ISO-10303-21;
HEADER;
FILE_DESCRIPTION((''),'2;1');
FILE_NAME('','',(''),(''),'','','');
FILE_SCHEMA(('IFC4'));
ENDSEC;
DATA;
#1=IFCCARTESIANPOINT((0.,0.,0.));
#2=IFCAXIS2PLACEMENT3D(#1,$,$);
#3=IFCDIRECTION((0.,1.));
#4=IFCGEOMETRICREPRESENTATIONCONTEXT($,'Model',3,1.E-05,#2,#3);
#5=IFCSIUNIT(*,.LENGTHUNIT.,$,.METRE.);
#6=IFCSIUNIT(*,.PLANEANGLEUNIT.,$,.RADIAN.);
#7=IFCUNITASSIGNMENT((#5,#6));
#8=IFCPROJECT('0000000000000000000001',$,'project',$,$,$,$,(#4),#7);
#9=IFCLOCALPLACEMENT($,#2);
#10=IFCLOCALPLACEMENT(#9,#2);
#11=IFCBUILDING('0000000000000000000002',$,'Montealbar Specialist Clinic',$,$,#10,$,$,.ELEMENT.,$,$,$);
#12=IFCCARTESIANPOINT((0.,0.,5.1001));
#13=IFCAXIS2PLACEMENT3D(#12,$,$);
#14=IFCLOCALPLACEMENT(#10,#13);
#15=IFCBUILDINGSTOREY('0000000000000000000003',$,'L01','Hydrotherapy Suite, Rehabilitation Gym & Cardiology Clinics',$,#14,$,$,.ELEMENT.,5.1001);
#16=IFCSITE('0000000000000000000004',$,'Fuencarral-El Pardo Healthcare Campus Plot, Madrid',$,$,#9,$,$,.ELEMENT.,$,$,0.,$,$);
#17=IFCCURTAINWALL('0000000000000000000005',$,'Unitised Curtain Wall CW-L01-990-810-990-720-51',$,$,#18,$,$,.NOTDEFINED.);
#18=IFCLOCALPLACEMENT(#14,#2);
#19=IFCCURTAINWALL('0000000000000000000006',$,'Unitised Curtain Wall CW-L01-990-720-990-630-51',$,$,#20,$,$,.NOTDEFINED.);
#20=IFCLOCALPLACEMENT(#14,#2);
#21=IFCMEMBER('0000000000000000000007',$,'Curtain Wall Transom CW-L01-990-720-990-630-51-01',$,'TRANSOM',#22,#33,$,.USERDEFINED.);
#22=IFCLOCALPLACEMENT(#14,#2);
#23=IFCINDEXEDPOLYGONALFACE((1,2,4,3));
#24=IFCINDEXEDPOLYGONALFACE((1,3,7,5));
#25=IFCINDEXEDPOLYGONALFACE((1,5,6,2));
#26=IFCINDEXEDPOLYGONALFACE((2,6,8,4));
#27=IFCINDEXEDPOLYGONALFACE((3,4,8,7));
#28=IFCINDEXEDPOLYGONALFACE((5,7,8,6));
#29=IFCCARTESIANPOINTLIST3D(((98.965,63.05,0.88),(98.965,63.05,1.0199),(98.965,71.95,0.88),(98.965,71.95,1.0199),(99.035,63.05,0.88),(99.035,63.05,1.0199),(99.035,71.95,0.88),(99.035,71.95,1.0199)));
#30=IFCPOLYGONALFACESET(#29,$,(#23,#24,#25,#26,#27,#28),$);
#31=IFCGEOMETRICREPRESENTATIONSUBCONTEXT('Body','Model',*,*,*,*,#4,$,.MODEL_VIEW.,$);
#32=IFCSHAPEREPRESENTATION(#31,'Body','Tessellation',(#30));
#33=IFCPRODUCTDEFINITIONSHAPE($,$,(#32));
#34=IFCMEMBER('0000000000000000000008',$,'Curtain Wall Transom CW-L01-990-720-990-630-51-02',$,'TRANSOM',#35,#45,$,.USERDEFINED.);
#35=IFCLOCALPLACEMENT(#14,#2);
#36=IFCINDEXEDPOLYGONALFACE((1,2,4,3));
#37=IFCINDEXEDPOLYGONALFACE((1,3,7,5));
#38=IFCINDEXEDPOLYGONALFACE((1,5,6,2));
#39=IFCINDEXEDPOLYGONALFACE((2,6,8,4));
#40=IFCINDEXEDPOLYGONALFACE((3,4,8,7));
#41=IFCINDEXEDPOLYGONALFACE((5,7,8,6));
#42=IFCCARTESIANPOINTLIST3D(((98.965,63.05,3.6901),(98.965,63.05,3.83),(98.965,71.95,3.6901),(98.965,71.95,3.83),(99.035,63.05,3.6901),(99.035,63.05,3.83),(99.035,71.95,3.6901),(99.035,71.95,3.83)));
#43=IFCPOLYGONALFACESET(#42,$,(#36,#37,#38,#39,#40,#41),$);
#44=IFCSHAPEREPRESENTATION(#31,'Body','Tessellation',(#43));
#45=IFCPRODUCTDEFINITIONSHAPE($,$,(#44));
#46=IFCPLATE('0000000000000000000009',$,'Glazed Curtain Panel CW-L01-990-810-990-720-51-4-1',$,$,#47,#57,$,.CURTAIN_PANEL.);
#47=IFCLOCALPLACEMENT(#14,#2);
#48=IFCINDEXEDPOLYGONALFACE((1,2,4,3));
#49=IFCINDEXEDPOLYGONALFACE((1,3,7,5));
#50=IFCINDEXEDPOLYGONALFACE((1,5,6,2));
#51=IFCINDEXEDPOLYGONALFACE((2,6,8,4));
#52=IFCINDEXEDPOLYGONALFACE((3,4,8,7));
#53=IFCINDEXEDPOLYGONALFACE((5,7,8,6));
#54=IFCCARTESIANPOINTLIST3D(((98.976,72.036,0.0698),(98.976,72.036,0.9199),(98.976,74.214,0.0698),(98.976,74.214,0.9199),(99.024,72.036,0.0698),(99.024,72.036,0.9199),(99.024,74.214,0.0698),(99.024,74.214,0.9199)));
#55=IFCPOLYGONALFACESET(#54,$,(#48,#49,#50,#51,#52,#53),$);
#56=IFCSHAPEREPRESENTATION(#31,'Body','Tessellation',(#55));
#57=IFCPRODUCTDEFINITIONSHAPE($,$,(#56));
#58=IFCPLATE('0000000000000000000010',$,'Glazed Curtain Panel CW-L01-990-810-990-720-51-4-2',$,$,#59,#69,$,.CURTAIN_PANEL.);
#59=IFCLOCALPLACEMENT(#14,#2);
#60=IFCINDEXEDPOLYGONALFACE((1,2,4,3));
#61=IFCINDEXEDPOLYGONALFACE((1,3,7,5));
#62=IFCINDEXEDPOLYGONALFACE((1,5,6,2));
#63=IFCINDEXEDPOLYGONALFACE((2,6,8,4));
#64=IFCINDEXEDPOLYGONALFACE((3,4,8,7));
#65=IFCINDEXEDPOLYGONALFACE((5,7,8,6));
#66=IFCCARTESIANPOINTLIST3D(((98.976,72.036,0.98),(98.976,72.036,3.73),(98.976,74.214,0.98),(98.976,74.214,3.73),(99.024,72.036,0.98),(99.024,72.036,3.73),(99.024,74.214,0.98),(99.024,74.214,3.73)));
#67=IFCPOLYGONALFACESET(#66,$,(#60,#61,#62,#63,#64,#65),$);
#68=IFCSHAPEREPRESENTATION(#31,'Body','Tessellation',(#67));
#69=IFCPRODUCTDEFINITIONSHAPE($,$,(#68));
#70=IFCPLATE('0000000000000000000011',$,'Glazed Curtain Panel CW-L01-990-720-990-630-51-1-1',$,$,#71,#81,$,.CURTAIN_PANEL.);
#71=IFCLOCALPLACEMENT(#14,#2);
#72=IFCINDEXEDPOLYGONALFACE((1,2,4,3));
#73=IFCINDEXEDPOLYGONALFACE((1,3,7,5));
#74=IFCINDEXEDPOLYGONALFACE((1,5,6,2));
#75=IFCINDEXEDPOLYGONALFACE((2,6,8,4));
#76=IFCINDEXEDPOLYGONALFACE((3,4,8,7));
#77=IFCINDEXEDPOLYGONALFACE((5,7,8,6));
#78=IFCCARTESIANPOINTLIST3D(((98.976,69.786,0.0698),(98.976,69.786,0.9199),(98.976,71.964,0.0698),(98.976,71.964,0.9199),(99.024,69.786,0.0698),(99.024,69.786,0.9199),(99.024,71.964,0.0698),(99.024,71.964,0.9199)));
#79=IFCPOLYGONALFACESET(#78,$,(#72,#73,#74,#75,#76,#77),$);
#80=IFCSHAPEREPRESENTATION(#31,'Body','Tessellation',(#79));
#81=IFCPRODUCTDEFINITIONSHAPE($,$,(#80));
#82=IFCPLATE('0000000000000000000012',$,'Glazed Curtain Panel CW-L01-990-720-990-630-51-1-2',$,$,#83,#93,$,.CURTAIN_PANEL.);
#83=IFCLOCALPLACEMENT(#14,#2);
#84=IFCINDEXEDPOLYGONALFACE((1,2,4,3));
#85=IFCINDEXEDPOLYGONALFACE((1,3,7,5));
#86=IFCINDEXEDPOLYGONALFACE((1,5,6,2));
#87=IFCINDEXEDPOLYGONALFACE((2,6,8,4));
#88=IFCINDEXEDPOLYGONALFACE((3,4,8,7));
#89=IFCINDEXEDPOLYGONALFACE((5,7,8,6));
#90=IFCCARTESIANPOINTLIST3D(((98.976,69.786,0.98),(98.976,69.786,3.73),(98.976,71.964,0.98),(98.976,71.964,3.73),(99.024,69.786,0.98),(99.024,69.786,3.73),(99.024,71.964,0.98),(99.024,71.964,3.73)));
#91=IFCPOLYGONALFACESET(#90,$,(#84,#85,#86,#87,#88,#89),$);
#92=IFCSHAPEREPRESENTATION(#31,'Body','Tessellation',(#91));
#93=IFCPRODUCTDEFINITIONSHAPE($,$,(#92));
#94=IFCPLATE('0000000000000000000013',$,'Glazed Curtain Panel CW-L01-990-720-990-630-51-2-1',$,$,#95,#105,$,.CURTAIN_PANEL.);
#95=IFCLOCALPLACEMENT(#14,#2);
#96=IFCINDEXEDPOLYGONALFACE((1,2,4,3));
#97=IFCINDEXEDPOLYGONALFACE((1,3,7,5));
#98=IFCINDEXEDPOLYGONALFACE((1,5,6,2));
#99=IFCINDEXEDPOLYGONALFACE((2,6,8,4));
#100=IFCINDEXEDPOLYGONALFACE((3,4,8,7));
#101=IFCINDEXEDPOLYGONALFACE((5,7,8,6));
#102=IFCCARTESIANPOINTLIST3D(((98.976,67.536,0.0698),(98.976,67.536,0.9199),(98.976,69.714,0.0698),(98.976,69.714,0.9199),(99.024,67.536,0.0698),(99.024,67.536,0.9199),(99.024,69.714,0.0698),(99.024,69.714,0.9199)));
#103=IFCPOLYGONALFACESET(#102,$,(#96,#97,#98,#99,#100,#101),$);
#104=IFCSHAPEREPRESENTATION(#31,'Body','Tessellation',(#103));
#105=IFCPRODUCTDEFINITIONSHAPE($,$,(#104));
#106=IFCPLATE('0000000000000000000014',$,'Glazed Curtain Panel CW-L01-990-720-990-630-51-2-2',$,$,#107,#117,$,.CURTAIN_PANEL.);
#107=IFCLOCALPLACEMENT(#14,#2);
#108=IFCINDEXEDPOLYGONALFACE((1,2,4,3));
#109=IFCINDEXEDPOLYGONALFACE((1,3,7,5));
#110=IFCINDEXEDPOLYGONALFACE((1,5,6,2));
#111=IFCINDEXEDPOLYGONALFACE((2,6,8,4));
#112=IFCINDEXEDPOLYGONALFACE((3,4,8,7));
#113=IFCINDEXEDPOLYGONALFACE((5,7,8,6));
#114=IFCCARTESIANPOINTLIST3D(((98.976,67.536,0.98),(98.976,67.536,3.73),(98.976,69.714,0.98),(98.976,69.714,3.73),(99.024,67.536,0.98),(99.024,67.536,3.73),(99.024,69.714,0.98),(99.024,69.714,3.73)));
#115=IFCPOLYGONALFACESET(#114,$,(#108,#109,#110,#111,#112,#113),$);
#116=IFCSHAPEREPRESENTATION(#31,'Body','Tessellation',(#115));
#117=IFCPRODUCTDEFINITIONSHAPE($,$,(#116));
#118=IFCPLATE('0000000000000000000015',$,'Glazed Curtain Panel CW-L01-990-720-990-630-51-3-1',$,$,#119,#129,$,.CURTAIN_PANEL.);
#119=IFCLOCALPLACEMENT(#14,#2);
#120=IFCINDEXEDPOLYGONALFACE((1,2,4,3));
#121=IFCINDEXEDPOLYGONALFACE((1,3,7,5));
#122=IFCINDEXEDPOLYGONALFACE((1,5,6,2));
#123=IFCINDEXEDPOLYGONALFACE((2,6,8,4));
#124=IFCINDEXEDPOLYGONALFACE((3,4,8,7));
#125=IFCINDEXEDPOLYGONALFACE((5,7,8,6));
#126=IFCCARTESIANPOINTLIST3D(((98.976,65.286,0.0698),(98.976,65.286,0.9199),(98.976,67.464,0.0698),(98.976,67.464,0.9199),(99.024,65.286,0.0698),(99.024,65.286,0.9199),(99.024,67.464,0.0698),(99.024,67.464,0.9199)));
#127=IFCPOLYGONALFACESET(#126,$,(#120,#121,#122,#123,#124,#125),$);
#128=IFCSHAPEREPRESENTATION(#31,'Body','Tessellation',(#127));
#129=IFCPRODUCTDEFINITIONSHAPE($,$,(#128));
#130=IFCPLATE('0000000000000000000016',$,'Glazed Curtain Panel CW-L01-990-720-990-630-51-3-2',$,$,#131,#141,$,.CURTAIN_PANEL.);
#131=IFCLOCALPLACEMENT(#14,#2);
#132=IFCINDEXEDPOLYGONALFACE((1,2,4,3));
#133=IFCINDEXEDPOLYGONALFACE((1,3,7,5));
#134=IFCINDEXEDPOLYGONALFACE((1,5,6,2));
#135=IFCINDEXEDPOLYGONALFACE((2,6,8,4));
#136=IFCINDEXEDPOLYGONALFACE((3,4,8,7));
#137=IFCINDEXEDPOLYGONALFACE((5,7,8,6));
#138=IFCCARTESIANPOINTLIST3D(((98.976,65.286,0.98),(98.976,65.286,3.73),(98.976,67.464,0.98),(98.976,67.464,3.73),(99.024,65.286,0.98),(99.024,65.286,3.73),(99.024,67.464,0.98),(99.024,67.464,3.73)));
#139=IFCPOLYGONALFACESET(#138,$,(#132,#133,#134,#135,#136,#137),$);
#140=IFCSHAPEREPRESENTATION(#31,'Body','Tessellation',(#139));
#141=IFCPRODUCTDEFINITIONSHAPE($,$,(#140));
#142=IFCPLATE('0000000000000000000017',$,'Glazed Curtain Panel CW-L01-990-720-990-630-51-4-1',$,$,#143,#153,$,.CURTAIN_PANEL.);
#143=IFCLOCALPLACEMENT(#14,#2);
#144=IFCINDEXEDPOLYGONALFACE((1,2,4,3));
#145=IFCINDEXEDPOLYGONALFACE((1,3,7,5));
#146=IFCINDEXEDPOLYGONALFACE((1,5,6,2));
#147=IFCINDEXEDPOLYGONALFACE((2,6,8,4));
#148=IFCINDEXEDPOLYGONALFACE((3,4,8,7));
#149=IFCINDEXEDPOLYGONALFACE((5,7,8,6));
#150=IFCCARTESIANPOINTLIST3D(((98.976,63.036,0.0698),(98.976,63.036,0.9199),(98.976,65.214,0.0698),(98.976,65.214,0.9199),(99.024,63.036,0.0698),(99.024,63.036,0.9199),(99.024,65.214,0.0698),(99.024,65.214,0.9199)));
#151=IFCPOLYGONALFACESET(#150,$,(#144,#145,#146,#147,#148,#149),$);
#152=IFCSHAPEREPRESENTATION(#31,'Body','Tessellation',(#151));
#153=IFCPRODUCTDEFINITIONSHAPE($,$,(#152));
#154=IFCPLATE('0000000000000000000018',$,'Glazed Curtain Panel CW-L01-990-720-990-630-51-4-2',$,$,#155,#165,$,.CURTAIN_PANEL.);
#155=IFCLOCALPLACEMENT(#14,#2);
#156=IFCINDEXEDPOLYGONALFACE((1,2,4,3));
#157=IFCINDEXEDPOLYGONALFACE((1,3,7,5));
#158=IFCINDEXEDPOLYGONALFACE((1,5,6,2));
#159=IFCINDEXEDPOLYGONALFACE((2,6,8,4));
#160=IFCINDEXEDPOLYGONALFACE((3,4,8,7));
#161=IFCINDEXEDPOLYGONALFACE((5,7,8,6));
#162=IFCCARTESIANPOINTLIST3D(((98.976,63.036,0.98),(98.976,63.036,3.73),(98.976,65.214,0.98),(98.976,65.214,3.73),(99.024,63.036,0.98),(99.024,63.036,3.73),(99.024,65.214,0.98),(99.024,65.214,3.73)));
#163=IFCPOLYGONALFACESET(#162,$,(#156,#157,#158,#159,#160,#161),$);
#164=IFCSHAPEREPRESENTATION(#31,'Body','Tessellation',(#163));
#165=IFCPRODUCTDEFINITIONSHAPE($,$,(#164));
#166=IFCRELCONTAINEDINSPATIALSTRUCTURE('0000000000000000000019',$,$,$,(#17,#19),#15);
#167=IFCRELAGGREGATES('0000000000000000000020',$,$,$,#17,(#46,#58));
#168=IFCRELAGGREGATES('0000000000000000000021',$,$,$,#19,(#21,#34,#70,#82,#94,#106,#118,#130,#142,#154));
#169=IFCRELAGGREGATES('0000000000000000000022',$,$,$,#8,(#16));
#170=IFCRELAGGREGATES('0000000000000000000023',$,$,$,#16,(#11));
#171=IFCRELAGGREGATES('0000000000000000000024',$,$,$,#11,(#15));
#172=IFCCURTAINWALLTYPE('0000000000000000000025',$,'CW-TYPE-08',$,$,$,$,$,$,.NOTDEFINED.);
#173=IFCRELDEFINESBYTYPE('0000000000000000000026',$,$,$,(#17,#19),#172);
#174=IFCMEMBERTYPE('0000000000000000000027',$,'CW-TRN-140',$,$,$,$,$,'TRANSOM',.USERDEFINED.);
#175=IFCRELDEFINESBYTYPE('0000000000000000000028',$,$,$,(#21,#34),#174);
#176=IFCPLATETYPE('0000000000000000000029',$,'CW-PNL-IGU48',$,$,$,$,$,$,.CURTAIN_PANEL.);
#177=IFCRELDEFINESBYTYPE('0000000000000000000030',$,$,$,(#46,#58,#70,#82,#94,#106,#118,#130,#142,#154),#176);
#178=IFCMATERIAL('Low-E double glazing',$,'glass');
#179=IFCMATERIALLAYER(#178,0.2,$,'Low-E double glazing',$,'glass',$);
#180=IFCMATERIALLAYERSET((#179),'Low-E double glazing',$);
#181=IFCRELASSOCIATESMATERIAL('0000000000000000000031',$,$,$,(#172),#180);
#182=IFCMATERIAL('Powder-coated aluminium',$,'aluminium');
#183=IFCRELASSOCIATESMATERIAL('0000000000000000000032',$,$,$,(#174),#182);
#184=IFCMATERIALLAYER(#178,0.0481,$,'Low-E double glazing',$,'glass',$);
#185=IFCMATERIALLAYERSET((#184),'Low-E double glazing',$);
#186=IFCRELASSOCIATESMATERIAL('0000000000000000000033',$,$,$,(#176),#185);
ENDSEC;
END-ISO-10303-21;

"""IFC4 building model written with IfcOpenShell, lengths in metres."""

from ifc_helpers import new_model, si_unit, direction, frame, origin, origin_2d, place, context, subcontext, project, spatial, rectangle, extrude, material, layer, layer_set, material_profile, profile_set, type_object, element, aggregate, save


model = new_model("IFC4")

# Units and contexts
model_context = context("Model", 3, precision=1e-05, world=origin(), true_north=direction((0.0, 1.0)))
body_context = subcontext(model_context, "Body", "Model", "MODEL_VIEW")
ifc_project = project(units=[si_unit("LENGTHUNIT", "METRE"), si_unit("PLANEANGLEUNIT", "RADIAN")], contexts=[model_context])

# Site, building, storey
site_placement = place(None, origin())
site = spatial("IfcSite", under=ifc_project, at=site_placement, Name="Fuencarral-El Pardo Healthcare Campus Plot, Madrid", CompositionType="ELEMENT", RefElevation=0.0)
building_placement = place(site_placement, origin())
building = spatial("IfcBuilding", under=site, at=building_placement, Name="Montealbar Specialist Clinic", CompositionType="ELEMENT")
storey_placement = place(building_placement, frame((0.0, 0.0, 5.1001)))
storey = spatial("IfcBuildingStorey", under=building, at=storey_placement, Name="L01", Description="Hydrotherapy Suite, Rehabilitation Gym & Cardiology Clinics", CompositionType="ELEMENT", Elevation=5.1001)

# Curtain walls, members
ifc_material_1 = material(Name="Low-E double glazing", Category="glass")
ifc_layer_1 = layer(ifc_material_1, 0.2, Name="Low-E double glazing", Category="glass")
ifc_layer_set_1 = layer_set([ifc_layer_1], Name="Low-E double glazing")
curtain_wall_type = type_object("IfcCurtainWallType", Name="CW-TYPE-08", PredefinedType="NOTDEFINED", material=ifc_layer_set_1)
curtain_wall_1_placement = place(storey_placement, origin())
curtain_wall_1 = element("IfcCurtainWall", 1, at=curtain_wall_1_placement, inside=storey, type_object=curtain_wall_type, Name="Unitised Curtain Wall CW-L01-990-810-990-720-51", PredefinedType="NOTDEFINED")
curtain_wall_2_placement = place(storey_placement, origin())
curtain_wall_2 = element("IfcCurtainWall", 2, at=curtain_wall_2_placement, inside=storey, type_object=curtain_wall_type, Name="Unitised Curtain Wall CW-L01-990-720-990-630-51", PredefinedType="NOTDEFINED")
ifc_material_2 = material(Name="Powder-coated aluminium", Category="aluminium")
ifc_material_profile_1 = material_profile(ifc_material_2, rectangle(XDim=0.0701, YDim=0.1399, at=origin_2d()), Name="ALU 70x140", Category="aluminium")
ifc_profile_set_1 = profile_set([ifc_material_profile_1], Name="Powder-coated aluminium")
member_type_1 = type_object("IfcMemberType", Name="CW-TRN-140", ElementType="TRANSOM", PredefinedType="USERDEFINED", material=ifc_profile_set_1)
member_1_placement = place(storey_placement, frame((99.0, 71.95, 0.95), z_axis=(0.0, -1.0, 0.0), x_axis=(1.0, 0.0, 0.0)))
member_1 = element("IfcMember", 3, at=member_1_placement, type_object=member_type_1, Name="Curtain Wall Transom CW-L01-990-720-990-630-51-01", ObjectType="TRANSOM", PredefinedType="USERDEFINED", context=body_context, shape_type="SweptSolid", body=[
    extrude(rectangle(XDim=0.0701, YDim=0.1399, at=origin_2d()), origin(), (0.0, 0.0, 1.0), 8.8999),
])
member_2_placement = place(storey_placement, frame((99.0, 71.95, 3.76), z_axis=(0.0, -1.0, 0.0), x_axis=(1.0, 0.0, 0.0)))
member_2 = element("IfcMember", 4, at=member_2_placement, type_object=member_type_1, Name="Curtain Wall Transom CW-L01-990-720-990-630-51-02", ObjectType="TRANSOM", PredefinedType="USERDEFINED", context=body_context, shape_type="SweptSolid", body=[
    extrude(rectangle(XDim=0.0701, YDim=0.1399, at=origin_2d()), origin(), (0.0, 0.0, 1.0), 8.8999),
])

# Plates
ifc_layer_2 = layer(ifc_material_1, 0.0481, Name="Low-E double glazing", Category="glass")
ifc_layer_set_2 = layer_set([ifc_layer_2], Name="Low-E double glazing")
plate_type = type_object("IfcPlateType", Name="CW-PNL-IGU48", PredefinedType="CURTAIN_PANEL", material=ifc_layer_set_2)
plate_1_placement = place(storey_placement, frame((99.0, 73.125, 0.0698), z_axis=(0.0, 0.0, 1.0), x_axis=(0.0, -1.0, 0.0)))
plate_1 = element("IfcPlate", 5, at=plate_1_placement, type_object=plate_type, Name="Glazed Curtain Panel CW-L01-990-810-990-720-51-4-1", PredefinedType="CURTAIN_PANEL", context=body_context, shape_type="SweptSolid", body=[
    extrude(rectangle(XDim=2.178, YDim=0.0481, at=origin_2d()), origin(), (0.0, 0.0, 1.0), 0.8501),
])
plate_2_placement = place(storey_placement, frame((99.0, 73.125, 0.98), z_axis=(0.0, 0.0, 1.0), x_axis=(0.0, -1.0, 0.0)))
plate_2 = element("IfcPlate", 6, at=plate_2_placement, type_object=plate_type, Name="Glazed Curtain Panel CW-L01-990-810-990-720-51-4-2", PredefinedType="CURTAIN_PANEL", context=body_context, shape_type="SweptSolid", body=[
    extrude(rectangle(XDim=2.178, YDim=0.0481, at=origin_2d()), origin(), (0.0, 0.0, 1.0), 2.75),
])
aggregate(curtain_wall_1, [plate_1, plate_2])
plate_3_placement = place(storey_placement, frame((99.0, 70.875, 0.0698), z_axis=(0.0, 0.0, 1.0), x_axis=(0.0, -1.0, 0.0)))
plate_3 = element("IfcPlate", 7, at=plate_3_placement, type_object=plate_type, Name="Glazed Curtain Panel CW-L01-990-720-990-630-51-1-1", PredefinedType="CURTAIN_PANEL", context=body_context, shape_type="SweptSolid", body=[
    extrude(rectangle(XDim=2.178, YDim=0.0481, at=origin_2d()), origin(), (0.0, 0.0, 1.0), 0.8501),
])
plate_4_placement = place(storey_placement, frame((99.0, 70.875, 0.98), z_axis=(0.0, 0.0, 1.0), x_axis=(0.0, -1.0, 0.0)))
plate_4 = element("IfcPlate", 8, at=plate_4_placement, type_object=plate_type, Name="Glazed Curtain Panel CW-L01-990-720-990-630-51-1-2", PredefinedType="CURTAIN_PANEL", context=body_context, shape_type="SweptSolid", body=[
    extrude(rectangle(XDim=2.178, YDim=0.0481, at=origin_2d()), origin(), (0.0, 0.0, 1.0), 2.75),
])
plate_5_placement = place(storey_placement, frame((99.0, 68.625, 0.0698), z_axis=(0.0, 0.0, 1.0), x_axis=(0.0, -1.0, 0.0)))
plate_5 = element("IfcPlate", 9, at=plate_5_placement, type_object=plate_type, Name="Glazed Curtain Panel CW-L01-990-720-990-630-51-2-1", PredefinedType="CURTAIN_PANEL", context=body_context, shape_type="SweptSolid", body=[
    extrude(rectangle(XDim=2.178, YDim=0.0481, at=origin_2d()), origin(), (0.0, 0.0, 1.0), 0.8501),
])
plate_6_placement = place(storey_placement, frame((99.0, 68.625, 0.98), z_axis=(0.0, 0.0, 1.0), x_axis=(0.0, -1.0, 0.0)))
plate_6 = element("IfcPlate", 10, at=plate_6_placement, type_object=plate_type, Name="Glazed Curtain Panel CW-L01-990-720-990-630-51-2-2", PredefinedType="CURTAIN_PANEL", context=body_context, shape_type="SweptSolid", body=[
    extrude(rectangle(XDim=2.178, YDim=0.0481, at=origin_2d()), origin(), (0.0, 0.0, 1.0), 2.75),
])
plate_7_placement = place(storey_placement, frame((99.0, 66.375, 0.0698), z_axis=(0.0, 0.0, 1.0), x_axis=(0.0, -1.0, 0.0)))
plate_7 = element("IfcPlate", 11, at=plate_7_placement, type_object=plate_type, Name="Glazed Curtain Panel CW-L01-990-720-990-630-51-3-1", PredefinedType="CURTAIN_PANEL", context=body_context, shape_type="SweptSolid", body=[
    extrude(rectangle(XDim=2.178, YDim=0.0481, at=origin_2d()), origin(), (0.0, 0.0, 1.0), 0.8501),
])
plate_8_placement = place(storey_placement, frame((99.0, 66.375, 0.98), z_axis=(0.0, 0.0, 1.0), x_axis=(0.0, -1.0, 0.0)))
plate_8 = element("IfcPlate", 12, at=plate_8_placement, type_object=plate_type, Name="Glazed Curtain Panel CW-L01-990-720-990-630-51-3-2", PredefinedType="CURTAIN_PANEL", context=body_context, shape_type="SweptSolid", body=[
    extrude(rectangle(XDim=2.178, YDim=0.0481, at=origin_2d()), origin(), (0.0, 0.0, 1.0), 2.75),
])
plate_9_placement = place(storey_placement, frame((99.0, 64.125, 0.0698), z_axis=(0.0, 0.0, 1.0), x_axis=(0.0, -1.0, 0.0)))
plate_9 = element("IfcPlate", 13, at=plate_9_placement, type_object=plate_type, Name="Glazed Curtain Panel CW-L01-990-720-990-630-51-4-1", PredefinedType="CURTAIN_PANEL", context=body_context, shape_type="SweptSolid", body=[
    extrude(rectangle(XDim=2.178, YDim=0.0481, at=origin_2d()), origin(), (0.0, 0.0, 1.0), 0.8501),
])
plate_10_placement = place(storey_placement, frame((99.0, 64.125, 0.98), z_axis=(0.0, 0.0, 1.0), x_axis=(0.0, -1.0, 0.0)))
plate_10 = element("IfcPlate", 14, at=plate_10_placement, type_object=plate_type, Name="Glazed Curtain Panel CW-L01-990-720-990-630-51-4-2", PredefinedType="CURTAIN_PANEL", context=body_context, shape_type="SweptSolid", body=[
    extrude(rectangle(XDim=2.178, YDim=0.0481, at=origin_2d()), origin(), (0.0, 0.0, 1.0), 2.75),
])
aggregate(curtain_wall_2, [member_1, member_2, plate_3, plate_4, plate_5, plate_6, plate_7, plate_8, plate_9, plate_10])

save(model, "model.ifc")
